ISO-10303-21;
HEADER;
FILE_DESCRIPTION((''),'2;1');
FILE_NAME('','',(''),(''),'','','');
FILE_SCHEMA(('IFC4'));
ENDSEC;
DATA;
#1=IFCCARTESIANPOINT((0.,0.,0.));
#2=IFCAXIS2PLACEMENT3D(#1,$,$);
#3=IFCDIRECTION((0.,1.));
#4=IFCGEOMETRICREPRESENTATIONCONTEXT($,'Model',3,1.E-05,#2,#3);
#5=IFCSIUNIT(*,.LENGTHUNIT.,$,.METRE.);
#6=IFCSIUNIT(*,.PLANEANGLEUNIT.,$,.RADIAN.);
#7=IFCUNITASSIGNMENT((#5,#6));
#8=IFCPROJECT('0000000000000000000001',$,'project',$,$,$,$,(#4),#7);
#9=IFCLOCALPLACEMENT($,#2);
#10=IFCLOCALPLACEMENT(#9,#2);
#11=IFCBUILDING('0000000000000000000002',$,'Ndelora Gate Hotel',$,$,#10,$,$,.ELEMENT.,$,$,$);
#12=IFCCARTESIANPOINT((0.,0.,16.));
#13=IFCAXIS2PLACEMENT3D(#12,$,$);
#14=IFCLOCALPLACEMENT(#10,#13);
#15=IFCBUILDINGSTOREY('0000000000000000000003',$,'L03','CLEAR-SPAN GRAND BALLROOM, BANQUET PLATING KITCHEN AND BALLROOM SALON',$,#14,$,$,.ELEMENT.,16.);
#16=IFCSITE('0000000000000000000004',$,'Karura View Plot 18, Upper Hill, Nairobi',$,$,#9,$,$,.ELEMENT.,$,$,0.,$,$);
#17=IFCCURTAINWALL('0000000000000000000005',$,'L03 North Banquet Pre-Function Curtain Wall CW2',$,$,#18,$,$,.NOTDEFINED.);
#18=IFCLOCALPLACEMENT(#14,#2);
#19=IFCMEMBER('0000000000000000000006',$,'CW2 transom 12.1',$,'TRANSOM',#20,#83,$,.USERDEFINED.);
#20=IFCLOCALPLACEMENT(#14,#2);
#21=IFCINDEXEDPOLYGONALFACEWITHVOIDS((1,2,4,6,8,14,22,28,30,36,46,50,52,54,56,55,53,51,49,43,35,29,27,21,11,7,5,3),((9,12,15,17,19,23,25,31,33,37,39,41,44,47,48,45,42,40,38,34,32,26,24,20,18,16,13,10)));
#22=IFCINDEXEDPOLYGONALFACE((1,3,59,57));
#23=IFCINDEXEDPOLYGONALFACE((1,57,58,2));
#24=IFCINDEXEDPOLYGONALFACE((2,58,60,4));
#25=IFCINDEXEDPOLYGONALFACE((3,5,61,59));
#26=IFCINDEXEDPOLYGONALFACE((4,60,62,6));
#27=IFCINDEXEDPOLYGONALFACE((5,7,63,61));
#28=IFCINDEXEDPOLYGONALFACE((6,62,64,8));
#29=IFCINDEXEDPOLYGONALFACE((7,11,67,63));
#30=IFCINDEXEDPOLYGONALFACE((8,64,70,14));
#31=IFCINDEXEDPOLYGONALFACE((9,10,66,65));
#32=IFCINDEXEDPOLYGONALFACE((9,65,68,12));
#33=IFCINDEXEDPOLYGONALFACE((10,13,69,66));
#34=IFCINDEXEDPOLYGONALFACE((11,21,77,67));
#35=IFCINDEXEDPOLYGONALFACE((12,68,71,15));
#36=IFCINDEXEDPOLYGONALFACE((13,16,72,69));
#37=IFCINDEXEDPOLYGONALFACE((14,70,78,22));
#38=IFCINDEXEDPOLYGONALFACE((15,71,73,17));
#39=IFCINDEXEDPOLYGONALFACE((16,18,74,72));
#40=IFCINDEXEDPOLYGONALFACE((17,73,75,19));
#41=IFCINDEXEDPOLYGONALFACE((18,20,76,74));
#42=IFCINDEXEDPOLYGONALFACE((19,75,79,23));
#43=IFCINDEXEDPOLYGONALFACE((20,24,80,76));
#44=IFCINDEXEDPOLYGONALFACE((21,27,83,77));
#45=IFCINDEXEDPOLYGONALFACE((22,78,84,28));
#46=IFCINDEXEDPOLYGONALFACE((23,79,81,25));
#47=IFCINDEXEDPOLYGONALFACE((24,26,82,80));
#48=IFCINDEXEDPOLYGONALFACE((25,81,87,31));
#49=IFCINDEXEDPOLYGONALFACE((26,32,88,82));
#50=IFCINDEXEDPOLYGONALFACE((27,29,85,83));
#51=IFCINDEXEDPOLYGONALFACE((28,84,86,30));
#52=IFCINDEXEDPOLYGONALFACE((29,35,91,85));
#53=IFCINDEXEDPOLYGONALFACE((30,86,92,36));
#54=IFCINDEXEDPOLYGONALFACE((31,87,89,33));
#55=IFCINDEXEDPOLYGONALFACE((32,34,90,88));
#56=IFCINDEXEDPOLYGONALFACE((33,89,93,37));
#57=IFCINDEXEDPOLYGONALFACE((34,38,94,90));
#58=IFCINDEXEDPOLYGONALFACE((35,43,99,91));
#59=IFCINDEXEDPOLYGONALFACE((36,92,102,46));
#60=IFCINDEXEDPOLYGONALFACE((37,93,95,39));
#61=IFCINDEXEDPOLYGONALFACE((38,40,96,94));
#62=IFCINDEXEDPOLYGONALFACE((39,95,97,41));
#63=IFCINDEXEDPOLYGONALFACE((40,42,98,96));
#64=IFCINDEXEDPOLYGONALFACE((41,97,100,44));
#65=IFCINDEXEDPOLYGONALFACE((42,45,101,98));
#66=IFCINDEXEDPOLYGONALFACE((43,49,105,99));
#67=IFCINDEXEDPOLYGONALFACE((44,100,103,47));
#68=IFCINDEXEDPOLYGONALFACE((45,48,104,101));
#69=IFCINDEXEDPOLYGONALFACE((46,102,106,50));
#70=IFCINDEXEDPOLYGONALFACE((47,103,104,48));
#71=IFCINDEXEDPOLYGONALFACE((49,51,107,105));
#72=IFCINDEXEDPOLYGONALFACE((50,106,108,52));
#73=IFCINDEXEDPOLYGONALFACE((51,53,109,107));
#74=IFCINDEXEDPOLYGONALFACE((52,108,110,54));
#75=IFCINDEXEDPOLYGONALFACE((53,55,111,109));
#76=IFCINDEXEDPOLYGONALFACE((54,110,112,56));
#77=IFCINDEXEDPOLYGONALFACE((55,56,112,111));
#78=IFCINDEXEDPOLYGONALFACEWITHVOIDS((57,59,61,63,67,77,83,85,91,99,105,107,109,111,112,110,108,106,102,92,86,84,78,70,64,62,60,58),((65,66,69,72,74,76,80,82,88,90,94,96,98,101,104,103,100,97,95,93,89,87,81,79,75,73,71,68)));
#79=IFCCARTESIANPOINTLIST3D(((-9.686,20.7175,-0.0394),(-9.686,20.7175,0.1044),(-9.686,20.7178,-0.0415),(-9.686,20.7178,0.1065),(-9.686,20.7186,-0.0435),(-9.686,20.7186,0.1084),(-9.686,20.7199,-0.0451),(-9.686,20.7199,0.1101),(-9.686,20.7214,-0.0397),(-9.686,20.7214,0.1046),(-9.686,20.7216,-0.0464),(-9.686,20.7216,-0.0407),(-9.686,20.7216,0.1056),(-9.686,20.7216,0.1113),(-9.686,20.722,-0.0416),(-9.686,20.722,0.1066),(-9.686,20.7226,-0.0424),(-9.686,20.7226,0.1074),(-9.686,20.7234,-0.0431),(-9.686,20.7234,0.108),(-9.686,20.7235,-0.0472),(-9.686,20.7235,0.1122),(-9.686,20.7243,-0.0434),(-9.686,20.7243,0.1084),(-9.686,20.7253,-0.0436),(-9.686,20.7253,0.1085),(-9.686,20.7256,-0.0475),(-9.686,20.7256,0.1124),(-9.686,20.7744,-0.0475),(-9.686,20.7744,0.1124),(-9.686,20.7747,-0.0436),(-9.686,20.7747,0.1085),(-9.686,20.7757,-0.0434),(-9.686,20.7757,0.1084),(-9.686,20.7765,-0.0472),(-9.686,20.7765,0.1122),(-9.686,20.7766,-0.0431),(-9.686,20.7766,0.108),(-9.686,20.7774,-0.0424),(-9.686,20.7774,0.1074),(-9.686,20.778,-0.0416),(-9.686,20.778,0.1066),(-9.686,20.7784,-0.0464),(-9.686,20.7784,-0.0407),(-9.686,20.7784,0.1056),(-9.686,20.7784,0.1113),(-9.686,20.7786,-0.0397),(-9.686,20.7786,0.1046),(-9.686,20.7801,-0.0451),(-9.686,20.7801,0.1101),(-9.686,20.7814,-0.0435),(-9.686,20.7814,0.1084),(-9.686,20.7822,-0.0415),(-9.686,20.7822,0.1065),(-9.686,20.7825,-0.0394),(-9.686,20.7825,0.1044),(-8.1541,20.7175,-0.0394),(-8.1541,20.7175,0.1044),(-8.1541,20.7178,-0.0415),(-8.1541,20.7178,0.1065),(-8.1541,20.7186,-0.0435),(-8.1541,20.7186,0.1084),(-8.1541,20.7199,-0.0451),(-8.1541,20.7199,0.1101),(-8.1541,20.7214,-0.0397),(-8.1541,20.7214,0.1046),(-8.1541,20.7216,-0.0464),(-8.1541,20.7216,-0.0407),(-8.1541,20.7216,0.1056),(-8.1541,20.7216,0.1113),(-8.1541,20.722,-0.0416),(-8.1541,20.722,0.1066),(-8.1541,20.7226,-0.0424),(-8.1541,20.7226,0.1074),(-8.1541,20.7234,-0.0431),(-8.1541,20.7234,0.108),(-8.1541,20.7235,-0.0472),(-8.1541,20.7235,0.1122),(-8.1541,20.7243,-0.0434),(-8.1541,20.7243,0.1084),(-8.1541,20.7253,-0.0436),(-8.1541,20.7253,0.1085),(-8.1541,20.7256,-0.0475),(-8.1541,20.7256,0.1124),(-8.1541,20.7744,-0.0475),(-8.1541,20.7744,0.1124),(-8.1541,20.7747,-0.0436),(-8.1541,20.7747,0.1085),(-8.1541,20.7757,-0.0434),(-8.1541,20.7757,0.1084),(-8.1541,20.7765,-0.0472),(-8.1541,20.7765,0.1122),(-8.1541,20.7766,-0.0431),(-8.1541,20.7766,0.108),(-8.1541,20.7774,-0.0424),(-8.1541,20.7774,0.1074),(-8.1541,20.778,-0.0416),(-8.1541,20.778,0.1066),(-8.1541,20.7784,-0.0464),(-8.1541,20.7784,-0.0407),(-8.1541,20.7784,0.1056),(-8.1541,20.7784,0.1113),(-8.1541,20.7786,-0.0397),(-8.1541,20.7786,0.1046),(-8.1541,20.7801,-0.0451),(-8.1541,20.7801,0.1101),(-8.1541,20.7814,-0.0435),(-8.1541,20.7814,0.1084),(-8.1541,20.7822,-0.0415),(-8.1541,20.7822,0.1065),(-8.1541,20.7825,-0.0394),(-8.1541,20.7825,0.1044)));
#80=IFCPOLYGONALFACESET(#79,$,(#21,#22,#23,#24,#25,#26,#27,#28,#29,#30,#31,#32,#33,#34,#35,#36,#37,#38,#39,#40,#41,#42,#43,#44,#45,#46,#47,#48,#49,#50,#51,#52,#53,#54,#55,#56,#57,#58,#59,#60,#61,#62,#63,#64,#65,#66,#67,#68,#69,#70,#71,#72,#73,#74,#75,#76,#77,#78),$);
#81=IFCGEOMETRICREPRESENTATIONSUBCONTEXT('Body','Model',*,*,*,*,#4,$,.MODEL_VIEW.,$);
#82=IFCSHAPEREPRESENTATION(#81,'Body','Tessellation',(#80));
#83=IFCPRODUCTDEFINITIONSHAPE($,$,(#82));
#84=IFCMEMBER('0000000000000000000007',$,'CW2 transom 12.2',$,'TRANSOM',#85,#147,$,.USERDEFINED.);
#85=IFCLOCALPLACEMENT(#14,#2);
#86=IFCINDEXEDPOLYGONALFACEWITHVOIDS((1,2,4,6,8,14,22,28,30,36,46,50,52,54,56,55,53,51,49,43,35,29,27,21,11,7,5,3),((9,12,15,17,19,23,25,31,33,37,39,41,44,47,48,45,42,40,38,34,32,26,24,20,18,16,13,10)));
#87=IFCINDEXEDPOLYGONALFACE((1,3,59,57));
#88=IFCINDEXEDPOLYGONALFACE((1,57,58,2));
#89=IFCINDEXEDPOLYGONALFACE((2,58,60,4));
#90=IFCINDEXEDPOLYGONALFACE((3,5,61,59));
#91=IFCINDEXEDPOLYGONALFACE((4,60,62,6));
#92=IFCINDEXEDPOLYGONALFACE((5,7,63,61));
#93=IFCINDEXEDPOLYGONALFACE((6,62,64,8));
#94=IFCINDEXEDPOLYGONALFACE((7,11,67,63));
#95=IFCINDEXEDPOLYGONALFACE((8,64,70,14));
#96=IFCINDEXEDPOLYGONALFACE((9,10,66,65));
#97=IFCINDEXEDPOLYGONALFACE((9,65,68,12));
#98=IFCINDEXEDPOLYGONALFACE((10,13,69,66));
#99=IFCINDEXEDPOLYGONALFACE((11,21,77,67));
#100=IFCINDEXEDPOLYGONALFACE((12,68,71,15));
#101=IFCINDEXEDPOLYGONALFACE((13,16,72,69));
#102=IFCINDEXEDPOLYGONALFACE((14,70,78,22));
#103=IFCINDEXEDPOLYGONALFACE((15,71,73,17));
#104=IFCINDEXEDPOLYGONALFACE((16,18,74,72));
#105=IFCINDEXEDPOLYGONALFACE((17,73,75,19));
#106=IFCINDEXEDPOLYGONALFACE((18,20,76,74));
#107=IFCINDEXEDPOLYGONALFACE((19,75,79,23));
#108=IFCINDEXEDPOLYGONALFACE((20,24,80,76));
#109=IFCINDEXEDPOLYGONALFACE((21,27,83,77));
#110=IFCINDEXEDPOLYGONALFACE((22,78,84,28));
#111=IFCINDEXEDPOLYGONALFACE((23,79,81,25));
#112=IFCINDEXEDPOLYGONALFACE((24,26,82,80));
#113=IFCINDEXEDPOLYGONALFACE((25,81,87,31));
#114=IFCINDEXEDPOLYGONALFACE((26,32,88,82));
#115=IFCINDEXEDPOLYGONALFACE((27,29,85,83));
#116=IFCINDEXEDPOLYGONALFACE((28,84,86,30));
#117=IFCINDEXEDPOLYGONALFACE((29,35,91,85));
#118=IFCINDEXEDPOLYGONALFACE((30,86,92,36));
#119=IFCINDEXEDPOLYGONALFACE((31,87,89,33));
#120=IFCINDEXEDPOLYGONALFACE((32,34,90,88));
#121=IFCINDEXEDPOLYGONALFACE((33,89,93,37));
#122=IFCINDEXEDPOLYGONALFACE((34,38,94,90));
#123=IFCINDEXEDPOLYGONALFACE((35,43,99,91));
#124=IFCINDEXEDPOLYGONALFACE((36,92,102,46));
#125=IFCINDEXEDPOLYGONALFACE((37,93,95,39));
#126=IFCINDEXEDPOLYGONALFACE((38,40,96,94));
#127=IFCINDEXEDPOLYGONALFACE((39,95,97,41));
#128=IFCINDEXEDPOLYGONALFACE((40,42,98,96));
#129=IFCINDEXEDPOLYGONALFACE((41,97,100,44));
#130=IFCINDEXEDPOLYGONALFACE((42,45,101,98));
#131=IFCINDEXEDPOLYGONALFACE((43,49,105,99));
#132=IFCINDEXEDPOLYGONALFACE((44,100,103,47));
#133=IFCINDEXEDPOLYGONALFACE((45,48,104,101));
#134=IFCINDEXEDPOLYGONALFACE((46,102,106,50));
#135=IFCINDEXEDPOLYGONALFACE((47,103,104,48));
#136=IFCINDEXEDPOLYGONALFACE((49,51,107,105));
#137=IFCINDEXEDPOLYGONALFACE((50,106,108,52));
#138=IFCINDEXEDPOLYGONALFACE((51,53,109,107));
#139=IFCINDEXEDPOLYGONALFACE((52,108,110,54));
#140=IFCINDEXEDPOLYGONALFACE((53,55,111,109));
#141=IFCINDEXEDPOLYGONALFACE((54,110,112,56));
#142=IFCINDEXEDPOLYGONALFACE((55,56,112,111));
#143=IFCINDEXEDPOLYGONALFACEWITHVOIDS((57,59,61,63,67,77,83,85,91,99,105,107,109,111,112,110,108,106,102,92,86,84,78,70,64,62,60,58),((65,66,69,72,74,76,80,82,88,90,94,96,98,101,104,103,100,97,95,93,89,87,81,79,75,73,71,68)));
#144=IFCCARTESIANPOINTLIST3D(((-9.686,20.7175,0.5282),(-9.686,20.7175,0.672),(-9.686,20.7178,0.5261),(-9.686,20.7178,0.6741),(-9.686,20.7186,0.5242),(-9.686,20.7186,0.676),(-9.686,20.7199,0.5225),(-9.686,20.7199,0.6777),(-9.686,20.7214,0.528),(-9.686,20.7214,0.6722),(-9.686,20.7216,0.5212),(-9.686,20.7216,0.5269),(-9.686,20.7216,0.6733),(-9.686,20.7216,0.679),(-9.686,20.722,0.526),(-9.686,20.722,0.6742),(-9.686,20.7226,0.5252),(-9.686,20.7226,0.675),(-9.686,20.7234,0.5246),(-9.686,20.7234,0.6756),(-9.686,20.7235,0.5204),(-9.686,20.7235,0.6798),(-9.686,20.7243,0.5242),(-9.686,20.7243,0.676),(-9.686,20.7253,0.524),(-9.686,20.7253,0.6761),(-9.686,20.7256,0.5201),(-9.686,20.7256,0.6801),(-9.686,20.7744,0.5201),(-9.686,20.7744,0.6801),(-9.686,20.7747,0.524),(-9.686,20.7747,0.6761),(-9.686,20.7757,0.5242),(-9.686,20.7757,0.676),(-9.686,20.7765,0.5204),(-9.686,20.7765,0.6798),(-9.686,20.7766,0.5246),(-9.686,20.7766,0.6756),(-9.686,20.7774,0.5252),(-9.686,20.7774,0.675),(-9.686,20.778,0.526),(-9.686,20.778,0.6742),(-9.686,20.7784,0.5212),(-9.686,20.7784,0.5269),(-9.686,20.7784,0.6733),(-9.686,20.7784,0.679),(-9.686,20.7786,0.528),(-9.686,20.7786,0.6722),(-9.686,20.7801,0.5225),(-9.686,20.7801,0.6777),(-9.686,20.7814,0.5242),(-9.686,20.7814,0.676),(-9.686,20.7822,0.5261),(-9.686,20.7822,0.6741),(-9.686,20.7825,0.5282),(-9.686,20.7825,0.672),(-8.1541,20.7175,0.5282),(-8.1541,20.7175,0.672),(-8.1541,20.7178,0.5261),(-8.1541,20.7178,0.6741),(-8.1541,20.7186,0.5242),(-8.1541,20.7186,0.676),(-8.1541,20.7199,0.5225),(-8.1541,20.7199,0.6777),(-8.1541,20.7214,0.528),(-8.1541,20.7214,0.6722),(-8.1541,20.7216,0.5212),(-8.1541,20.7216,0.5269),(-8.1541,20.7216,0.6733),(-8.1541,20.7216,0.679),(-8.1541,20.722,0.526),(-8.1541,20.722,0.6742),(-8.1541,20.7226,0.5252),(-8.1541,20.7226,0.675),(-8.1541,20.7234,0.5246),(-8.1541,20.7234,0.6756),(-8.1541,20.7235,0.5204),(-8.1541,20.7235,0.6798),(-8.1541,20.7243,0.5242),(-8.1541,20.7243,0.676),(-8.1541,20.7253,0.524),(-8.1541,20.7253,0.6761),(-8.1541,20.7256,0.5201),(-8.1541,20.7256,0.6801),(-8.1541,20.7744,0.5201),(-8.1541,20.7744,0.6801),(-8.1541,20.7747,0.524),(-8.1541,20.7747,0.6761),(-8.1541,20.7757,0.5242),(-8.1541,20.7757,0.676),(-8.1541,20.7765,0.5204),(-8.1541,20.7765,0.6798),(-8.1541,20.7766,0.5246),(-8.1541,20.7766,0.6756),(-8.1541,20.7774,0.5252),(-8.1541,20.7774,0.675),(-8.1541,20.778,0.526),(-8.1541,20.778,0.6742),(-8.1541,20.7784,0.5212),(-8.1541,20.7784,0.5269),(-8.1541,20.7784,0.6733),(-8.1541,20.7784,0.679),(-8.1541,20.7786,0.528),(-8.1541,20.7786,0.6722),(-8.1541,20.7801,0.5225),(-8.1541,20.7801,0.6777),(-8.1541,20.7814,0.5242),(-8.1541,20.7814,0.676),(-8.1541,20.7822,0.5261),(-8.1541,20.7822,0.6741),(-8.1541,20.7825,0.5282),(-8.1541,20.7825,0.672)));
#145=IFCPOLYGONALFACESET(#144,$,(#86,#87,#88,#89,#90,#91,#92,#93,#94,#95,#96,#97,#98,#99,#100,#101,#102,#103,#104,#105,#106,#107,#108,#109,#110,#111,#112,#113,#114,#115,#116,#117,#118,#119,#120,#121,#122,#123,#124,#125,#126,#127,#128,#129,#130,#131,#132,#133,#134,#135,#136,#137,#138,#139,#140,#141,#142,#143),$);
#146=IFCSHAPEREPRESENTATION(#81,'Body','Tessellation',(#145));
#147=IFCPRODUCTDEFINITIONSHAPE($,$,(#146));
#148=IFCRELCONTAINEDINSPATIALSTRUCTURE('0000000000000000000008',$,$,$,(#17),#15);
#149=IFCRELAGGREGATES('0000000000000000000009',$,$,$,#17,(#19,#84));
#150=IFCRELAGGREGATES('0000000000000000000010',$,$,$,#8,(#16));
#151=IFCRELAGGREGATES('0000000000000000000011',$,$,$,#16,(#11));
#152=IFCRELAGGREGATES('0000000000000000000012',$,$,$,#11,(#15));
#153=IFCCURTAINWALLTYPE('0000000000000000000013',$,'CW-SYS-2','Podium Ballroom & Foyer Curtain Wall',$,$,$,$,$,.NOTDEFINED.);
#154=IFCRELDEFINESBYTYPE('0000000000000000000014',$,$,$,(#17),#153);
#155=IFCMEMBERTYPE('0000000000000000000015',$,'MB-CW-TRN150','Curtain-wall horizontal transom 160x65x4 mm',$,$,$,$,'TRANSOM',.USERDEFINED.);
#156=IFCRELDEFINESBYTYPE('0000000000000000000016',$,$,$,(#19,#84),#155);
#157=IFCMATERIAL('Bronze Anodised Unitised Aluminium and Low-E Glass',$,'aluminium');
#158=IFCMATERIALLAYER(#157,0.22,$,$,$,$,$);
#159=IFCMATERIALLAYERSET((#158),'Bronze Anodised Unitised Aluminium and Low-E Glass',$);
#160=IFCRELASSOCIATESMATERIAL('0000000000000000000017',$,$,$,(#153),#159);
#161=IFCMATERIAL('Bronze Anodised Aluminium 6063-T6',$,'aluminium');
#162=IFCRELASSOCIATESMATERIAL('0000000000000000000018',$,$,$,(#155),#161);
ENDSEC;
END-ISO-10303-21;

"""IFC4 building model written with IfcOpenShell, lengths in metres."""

from ifc_helpers import new_model, si_unit, direction, frame, origin, origin_2d, place, context, subcontext, project, spatial, hollow_rectangle, extrude, material, layer, layer_set, material_profile, profile_set, type_object, element, aggregate, save


model = new_model("IFC4")

# Units and contexts
model_context = context("Model", 3, precision=1e-05, world=origin(), true_north=direction((0.0, 1.0)))
body_context = subcontext(model_context, "Body", "Model", "MODEL_VIEW")
ifc_project = project(units=[si_unit("LENGTHUNIT", "METRE"), si_unit("PLANEANGLEUNIT", "RADIAN")], contexts=[model_context])

# Site, building, storey
site_placement = place(None, origin())
site = spatial("IfcSite", under=ifc_project, at=site_placement, Name="Karura View Plot 18, Upper Hill, Nairobi", CompositionType="ELEMENT", RefElevation=0.0)
building_placement = place(site_placement, origin())
building = spatial("IfcBuilding", under=site, at=building_placement, Name="Ndelora Gate Hotel", CompositionType="ELEMENT")
storey_placement = place(building_placement, frame((0.0, 0.0, 16.0)))
storey = spatial("IfcBuildingStorey", under=building, at=storey_placement, Name="L03", Description="CLEAR-SPAN GRAND BALLROOM, BANQUET PLATING KITCHEN AND BALLROOM SALON", CompositionType="ELEMENT", Elevation=16.0)

# Curtain wall, members
ifc_material_1 = material(Name="Bronze Anodised Unitised Aluminium and Low-E Glass", Category="aluminium")
ifc_layer_1 = layer(ifc_material_1, 0.22)
ifc_layer_set_1 = layer_set([ifc_layer_1], Name="Bronze Anodised Unitised Aluminium and Low-E Glass")
curtain_wall_type = type_object("IfcCurtainWallType", Name="CW-SYS-2", Description="Podium Ballroom & Foyer Curtain Wall", PredefinedType="NOTDEFINED", material=ifc_layer_set_1)
curtain_wall_placement = place(storey_placement, origin())
curtain_wall = element("IfcCurtainWall", 1, at=curtain_wall_placement, inside=storey, type_object=curtain_wall_type, Name="L03 North Banquet Pre-Function Curtain Wall CW2", PredefinedType="NOTDEFINED")
ifc_material_2 = material(Name="Bronze Anodised Aluminium 6063-T6", Category="aluminium")
ifc_material_profile_1 = material_profile(ifc_material_2, hollow_rectangle(XDim=0.0649, YDim=0.1599, WallThickness=0.0039, InnerFilletRadius=0.0039, OuterFilletRadius=0.0081, at=origin_2d()), Name="ALU 160x65x4")
ifc_profile_set_1 = profile_set([ifc_material_profile_1], Name="Bronze Anodised Aluminium 6063-T6")
member_type_1 = type_object("IfcMemberType", Name="MB-CW-TRN150", Description="Curtain-wall horizontal transom 160x65x4 mm", ElementType="TRANSOM", PredefinedType="USERDEFINED", material=ifc_profile_set_1)
member_1_placement = place(storey_placement, frame((-8.1541, 20.75, 0.0325), z_axis=(-1.0, 0.0, 0.0), x_axis=(0.0, -1.0, 0.0)))
member_1 = element("IfcMember", 2, at=member_1_placement, type_object=member_type_1, Name="CW2 transom 12.1", ObjectType="TRANSOM", PredefinedType="USERDEFINED", context=body_context, shape_type="SweptSolid", body=[
    extrude(hollow_rectangle(XDim=0.0649, YDim=0.1599, WallThickness=0.0039, InnerFilletRadius=0.0039, OuterFilletRadius=0.0081, at=origin_2d()), origin(), (0.0, 0.0, 1.0), 1.532),
])
member_2_placement = place(storey_placement, frame((-8.1541, 20.75, 0.6001), z_axis=(-1.0, 0.0, 0.0), x_axis=(0.0, -1.0, 0.0)))
member_2 = element("IfcMember", 3, at=member_2_placement, type_object=member_type_1, Name="CW2 transom 12.2", ObjectType="TRANSOM", PredefinedType="USERDEFINED", context=body_context, shape_type="SweptSolid", body=[
    extrude(hollow_rectangle(XDim=0.0649, YDim=0.1599, WallThickness=0.0039, InnerFilletRadius=0.0039, OuterFilletRadius=0.0081, at=origin_2d()), origin(), (0.0, 0.0, 1.0), 1.532),
])

aggregate(curtain_wall, [member_1, member_2])

save(model, "model.ifc")
